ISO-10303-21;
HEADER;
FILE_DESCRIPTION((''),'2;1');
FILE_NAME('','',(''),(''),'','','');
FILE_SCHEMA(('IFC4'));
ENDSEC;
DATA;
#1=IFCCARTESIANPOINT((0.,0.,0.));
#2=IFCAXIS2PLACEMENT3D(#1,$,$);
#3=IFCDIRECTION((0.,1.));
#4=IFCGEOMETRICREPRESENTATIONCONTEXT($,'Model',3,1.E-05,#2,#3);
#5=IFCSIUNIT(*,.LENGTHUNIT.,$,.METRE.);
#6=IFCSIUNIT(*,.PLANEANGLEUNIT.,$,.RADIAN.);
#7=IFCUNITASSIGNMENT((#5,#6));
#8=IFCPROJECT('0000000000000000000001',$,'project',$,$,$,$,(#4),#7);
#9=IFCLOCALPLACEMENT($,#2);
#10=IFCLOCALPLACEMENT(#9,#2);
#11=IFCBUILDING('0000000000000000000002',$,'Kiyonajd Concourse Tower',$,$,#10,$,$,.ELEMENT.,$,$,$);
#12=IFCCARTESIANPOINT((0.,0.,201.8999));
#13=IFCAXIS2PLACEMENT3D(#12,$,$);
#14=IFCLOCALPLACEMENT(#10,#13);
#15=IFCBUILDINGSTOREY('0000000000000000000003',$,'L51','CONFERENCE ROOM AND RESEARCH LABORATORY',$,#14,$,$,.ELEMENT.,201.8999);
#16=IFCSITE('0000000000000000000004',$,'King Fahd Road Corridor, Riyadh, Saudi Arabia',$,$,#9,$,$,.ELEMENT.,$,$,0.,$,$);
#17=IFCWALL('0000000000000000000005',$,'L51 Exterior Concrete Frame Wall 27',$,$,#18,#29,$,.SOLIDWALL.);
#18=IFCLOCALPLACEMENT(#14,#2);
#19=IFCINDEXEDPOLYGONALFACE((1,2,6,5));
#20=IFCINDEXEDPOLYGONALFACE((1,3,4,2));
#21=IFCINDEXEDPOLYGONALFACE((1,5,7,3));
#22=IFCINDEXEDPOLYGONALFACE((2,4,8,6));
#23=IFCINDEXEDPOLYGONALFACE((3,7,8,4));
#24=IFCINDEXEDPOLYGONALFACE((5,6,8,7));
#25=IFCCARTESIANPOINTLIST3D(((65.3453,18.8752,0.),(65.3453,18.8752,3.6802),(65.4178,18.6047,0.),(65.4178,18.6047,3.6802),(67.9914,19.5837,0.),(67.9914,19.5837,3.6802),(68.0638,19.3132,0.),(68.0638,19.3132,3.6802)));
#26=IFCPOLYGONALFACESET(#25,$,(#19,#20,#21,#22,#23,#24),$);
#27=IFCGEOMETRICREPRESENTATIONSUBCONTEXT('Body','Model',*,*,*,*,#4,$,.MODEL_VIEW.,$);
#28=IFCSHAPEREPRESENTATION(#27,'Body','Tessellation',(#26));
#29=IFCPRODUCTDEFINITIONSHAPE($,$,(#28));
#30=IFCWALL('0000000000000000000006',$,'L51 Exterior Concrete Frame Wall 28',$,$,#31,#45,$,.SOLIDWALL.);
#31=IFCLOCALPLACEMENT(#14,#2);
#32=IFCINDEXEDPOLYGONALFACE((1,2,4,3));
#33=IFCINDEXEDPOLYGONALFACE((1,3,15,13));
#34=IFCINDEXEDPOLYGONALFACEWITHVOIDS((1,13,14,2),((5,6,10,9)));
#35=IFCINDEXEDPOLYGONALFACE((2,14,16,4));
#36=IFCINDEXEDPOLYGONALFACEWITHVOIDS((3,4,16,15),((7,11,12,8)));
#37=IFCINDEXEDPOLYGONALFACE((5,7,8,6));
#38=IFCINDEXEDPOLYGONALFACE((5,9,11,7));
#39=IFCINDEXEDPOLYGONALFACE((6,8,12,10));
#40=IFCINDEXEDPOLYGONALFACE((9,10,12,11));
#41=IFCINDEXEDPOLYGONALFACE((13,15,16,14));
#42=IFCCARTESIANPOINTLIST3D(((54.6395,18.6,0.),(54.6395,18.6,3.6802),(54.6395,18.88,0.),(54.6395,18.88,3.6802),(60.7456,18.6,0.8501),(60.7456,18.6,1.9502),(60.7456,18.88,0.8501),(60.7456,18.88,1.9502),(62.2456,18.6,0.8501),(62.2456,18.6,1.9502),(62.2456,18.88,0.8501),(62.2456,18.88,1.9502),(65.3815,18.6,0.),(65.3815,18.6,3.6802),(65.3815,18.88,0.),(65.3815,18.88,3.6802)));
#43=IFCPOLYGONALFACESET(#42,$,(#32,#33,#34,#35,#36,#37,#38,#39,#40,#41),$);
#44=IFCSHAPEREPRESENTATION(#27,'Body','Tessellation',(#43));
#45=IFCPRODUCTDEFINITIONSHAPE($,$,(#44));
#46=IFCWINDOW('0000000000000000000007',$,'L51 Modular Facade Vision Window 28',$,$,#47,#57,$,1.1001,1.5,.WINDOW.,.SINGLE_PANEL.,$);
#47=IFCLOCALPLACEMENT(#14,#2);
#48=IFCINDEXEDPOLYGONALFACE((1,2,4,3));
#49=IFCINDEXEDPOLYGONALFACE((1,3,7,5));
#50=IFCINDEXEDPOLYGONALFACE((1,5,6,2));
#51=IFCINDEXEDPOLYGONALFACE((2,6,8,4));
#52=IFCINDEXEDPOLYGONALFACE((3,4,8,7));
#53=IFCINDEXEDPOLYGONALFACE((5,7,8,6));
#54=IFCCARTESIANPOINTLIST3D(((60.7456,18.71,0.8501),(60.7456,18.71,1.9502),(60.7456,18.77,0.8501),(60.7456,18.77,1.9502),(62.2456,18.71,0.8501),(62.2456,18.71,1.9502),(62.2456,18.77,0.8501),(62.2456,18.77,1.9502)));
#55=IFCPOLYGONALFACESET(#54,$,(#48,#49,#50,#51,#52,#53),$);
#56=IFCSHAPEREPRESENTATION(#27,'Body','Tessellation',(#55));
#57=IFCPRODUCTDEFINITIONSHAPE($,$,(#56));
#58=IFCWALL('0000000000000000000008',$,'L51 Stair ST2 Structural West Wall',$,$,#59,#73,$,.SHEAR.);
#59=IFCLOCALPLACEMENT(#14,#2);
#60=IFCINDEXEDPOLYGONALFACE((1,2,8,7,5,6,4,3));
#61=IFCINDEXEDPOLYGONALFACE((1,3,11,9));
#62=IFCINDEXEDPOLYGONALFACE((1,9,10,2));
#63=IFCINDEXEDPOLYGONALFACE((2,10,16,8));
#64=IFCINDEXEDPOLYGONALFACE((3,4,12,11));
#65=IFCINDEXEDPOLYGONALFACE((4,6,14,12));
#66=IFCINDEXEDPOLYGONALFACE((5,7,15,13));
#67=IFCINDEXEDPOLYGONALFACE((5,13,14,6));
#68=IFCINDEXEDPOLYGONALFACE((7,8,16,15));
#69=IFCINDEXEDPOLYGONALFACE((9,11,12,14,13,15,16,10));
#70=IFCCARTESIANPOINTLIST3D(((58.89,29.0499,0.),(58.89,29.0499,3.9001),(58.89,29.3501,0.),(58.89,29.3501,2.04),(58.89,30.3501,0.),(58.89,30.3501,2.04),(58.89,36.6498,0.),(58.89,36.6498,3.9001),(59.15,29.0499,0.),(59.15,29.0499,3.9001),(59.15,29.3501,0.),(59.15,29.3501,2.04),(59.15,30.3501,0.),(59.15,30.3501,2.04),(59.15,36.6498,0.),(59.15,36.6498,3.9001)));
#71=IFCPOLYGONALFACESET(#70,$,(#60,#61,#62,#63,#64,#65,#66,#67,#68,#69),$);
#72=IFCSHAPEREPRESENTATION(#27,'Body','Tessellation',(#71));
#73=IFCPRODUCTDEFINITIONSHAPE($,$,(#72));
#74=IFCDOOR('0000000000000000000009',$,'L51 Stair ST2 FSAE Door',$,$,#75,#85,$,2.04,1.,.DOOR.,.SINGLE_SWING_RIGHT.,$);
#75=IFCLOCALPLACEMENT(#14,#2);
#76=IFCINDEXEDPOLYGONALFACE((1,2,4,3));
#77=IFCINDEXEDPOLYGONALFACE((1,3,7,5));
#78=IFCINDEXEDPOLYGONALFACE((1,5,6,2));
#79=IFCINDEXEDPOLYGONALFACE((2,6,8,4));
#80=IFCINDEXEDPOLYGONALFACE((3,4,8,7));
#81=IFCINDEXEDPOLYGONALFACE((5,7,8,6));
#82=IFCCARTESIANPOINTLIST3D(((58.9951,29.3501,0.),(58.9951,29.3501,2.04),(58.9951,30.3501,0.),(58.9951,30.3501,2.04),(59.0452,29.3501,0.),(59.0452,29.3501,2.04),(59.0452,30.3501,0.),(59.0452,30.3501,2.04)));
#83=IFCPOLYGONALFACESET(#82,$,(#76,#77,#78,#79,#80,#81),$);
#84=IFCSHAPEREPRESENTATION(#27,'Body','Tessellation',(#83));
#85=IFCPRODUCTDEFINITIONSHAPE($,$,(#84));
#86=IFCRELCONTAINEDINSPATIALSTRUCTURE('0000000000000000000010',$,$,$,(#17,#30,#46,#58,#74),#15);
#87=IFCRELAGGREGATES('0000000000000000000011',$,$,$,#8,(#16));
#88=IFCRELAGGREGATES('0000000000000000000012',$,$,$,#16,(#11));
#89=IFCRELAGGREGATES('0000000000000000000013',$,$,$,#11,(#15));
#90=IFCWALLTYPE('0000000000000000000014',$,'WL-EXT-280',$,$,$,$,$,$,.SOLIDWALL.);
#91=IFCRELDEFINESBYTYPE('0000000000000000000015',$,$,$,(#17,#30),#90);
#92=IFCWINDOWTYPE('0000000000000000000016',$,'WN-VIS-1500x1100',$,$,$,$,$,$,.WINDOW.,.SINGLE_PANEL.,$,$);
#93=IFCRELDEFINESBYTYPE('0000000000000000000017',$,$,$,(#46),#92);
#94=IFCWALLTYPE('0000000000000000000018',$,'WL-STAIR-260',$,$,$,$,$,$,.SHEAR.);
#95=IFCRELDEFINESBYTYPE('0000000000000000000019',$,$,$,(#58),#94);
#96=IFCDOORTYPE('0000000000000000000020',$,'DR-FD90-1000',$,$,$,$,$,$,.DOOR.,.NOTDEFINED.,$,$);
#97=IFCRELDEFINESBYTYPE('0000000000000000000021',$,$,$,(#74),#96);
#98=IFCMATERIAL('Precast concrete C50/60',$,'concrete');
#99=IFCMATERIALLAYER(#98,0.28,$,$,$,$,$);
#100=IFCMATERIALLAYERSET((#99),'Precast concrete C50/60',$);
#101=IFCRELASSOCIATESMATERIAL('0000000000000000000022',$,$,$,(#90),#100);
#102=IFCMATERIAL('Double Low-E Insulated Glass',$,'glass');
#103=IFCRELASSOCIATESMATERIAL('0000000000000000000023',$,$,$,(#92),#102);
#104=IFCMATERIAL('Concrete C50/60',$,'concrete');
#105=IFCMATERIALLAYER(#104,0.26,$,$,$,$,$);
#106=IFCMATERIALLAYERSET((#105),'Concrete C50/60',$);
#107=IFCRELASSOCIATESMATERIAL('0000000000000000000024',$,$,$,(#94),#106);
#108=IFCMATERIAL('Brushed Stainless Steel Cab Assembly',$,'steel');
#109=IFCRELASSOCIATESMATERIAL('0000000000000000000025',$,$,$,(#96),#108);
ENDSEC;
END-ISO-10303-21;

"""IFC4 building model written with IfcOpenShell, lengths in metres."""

from ifc_helpers import new_model, si_unit, direction, frame, frame_2d, origin, place, context, subcontext, project, spatial, rectangle, extrude, material, layer, layer_set, type_object, element, fill, save


model = new_model("IFC4")

# Units and contexts
model_context = context("Model", 3, precision=1e-05, world=origin(), true_north=direction((0.0, 1.0)))
body_context = subcontext(model_context, "Body", "Model", "MODEL_VIEW")
ifc_project = project(units=[si_unit("LENGTHUNIT", "METRE"), si_unit("PLANEANGLEUNIT", "RADIAN")], contexts=[model_context])

# Site, building, storey
site_placement = place(None, origin())
site = spatial("IfcSite", under=ifc_project, at=site_placement, Name="King Fahd Road Corridor, Riyadh, Saudi Arabia", CompositionType="ELEMENT", RefElevation=0.0)
building_placement = place(site_placement, origin())
building = spatial("IfcBuilding", under=site, at=building_placement, Name="Kiyonajd Concourse Tower", CompositionType="ELEMENT")
storey_placement = place(building_placement, frame((0.0, 0.0, 201.8999)))
storey = spatial("IfcBuildingStorey", under=building, at=storey_placement, Name="L51", Description="CONFERENCE ROOM AND RESEARCH LABORATORY", CompositionType="ELEMENT", Elevation=201.8999)

# Shared definitions
ifc_material_1 = material(Name="Double Low-E Insulated Glass", Category="glass")

# Wall
ifc_material_2 = material(Name="Precast concrete C50/60", Category="concrete")
ifc_layer_1 = layer(ifc_material_2, 0.28)
ifc_layer_set_1 = layer_set([ifc_layer_1], Name="Precast concrete C50/60")
wall_type_1 = type_object("IfcWallType", Name="WL-EXT-280", PredefinedType="SOLIDWALL", material=ifc_layer_set_1)
wall_1_placement = place(storey_placement, frame((68.0276, 19.4485, 0.0), z_axis=(0.0, 0.0, 1.0), x_axis=(-0.965971, -0.25865, 0.0)))
element("IfcWall", 1, at=wall_1_placement, inside=storey, type_object=wall_type_1, Name="L51 Exterior Concrete Frame Wall 27", PredefinedType="SOLIDWALL", context=body_context, shape_type="SweptSolid", body=[
    extrude(rectangle(XDim=2.7393, YDim=0.28, at=frame_2d((1.3696, 0.0))), origin(), (0.0, 0.0, 1.0), 3.6802),
])

# Wall, opening, window
wall_2_placement = place(storey_placement, frame((65.3816, 18.74, 0.0), z_axis=(0.0, 0.0, 1.0), x_axis=(-1.0, 0.0, 0.0)))
wall_2 = element("IfcWall", 2, at=wall_2_placement, inside=storey, type_object=wall_type_1, Name="L51 Exterior Concrete Frame Wall 28", PredefinedType="SOLIDWALL", context=body_context, shape_type="SweptSolid", body=[
    extrude(rectangle(XDim=10.7419, YDim=0.28, at=frame_2d((5.3711, 0.0))), origin(), (0.0, 0.0, 1.0), 3.6802),
])
opening_1_placement = place(wall_2_placement, frame((3.136, 0.0, 0.8501)))
opening_1 = element("IfcOpeningElement", 3, at=opening_1_placement, cuts=wall_2, PredefinedType="OPENING", context=body_context, shape_type="SweptSolid", body=[
    extrude(rectangle(XDim=1.5, YDim=1.1001, at=frame_2d((0.75, 0.55))), frame((0.0, 0.1499, 0.0), z_axis=(0.0, -1.0, 0.0), x_axis=(1.0, 0.0, 0.0)), (0.0, 0.0, 1.0), 0.3),
])
window_type = type_object("IfcWindowType", Name="WN-VIS-1500x1100", PartitioningType="SINGLE_PANEL", PredefinedType="WINDOW", material=ifc_material_1)
window_placement = place(opening_1_placement, origin())
window = element("IfcWindow", 4, at=window_placement, inside=storey, type_object=window_type, Name="L51 Modular Facade Vision Window 28", OverallHeight=1.1001, OverallWidth=1.5, PartitioningType="SINGLE_PANEL", PredefinedType="WINDOW", context=body_context, shape_type="SweptSolid", body=[
    extrude(rectangle(XDim=1.5, YDim=1.1001, at=frame_2d((0.75, 0.55))), frame((0.0, 0.03, 0.0), z_axis=(0.0, -1.0, 0.0), x_axis=(1.0, 0.0, 0.0)), (0.0, 0.0, 1.0), 0.0601),
])
fill(opening_1, window)

# Wall, opening, door
ifc_material_3 = material(Name="Concrete C50/60", Category="concrete")
ifc_layer_2 = layer(ifc_material_3, 0.26)
ifc_layer_set_2 = layer_set([ifc_layer_2], Name="Concrete C50/60")
wall_type_2 = type_object("IfcWallType", Name="WL-STAIR-260", PredefinedType="SHEAR", material=ifc_layer_set_2)
wall_3_placement = place(storey_placement, frame((59.02, 29.05, 0.0), z_axis=(0.0, 0.0, 1.0), x_axis=(0.0, 1.0, 0.0)))
wall_3 = element("IfcWall", 5, at=wall_3_placement, inside=storey, type_object=wall_type_2, Name="L51 Stair ST2 Structural West Wall", PredefinedType="SHEAR", context=body_context, shape_type="SweptSolid", body=[
    extrude(rectangle(XDim=7.5999, YDim=0.26, at=frame_2d((3.7998, 0.0))), origin(), (0.0, 0.0, 1.0), 3.9001),
])
opening_2_placement = place(wall_3_placement, frame((0.3, 0.0, 0.0)))
opening_2 = element("IfcOpeningElement", 6, at=opening_2_placement, cuts=wall_3, PredefinedType="OPENING", context=body_context, shape_type="SweptSolid", body=[
    extrude(rectangle(XDim=1.0, YDim=2.04, at=frame_2d((0.5, 1.02))), frame((0.0, 0.1399, 0.0), z_axis=(0.0, -1.0, 0.0), x_axis=(1.0, 0.0, 0.0)), (0.0, 0.0, 1.0), 0.28),
])
ifc_material_4 = material(Name="Brushed Stainless Steel Cab Assembly", Category="steel")
door_type = type_object("IfcDoorType", Name="DR-FD90-1000", OperationType="NOTDEFINED", PredefinedType="DOOR", material=ifc_material_4)
door_placement = place(opening_2_placement, origin())
door = element("IfcDoor", 7, at=door_placement, inside=storey, type_object=door_type, Name="L51 Stair ST2 FSAE Door", OperationType="SINGLE_SWING_RIGHT", OverallHeight=2.04, OverallWidth=1.0, PredefinedType="DOOR", context=body_context, shape_type="SweptSolid", body=[
    extrude(rectangle(XDim=1.0, YDim=2.04, at=frame_2d((0.5, 1.02))), frame((0.0, 0.0249, 0.0), z_axis=(0.0, -1.0, 0.0), x_axis=(1.0, 0.0, 0.0)), (0.0, 0.0, 1.0), 0.05),
])
fill(opening_2, door)

save(model, "model.ifc")
